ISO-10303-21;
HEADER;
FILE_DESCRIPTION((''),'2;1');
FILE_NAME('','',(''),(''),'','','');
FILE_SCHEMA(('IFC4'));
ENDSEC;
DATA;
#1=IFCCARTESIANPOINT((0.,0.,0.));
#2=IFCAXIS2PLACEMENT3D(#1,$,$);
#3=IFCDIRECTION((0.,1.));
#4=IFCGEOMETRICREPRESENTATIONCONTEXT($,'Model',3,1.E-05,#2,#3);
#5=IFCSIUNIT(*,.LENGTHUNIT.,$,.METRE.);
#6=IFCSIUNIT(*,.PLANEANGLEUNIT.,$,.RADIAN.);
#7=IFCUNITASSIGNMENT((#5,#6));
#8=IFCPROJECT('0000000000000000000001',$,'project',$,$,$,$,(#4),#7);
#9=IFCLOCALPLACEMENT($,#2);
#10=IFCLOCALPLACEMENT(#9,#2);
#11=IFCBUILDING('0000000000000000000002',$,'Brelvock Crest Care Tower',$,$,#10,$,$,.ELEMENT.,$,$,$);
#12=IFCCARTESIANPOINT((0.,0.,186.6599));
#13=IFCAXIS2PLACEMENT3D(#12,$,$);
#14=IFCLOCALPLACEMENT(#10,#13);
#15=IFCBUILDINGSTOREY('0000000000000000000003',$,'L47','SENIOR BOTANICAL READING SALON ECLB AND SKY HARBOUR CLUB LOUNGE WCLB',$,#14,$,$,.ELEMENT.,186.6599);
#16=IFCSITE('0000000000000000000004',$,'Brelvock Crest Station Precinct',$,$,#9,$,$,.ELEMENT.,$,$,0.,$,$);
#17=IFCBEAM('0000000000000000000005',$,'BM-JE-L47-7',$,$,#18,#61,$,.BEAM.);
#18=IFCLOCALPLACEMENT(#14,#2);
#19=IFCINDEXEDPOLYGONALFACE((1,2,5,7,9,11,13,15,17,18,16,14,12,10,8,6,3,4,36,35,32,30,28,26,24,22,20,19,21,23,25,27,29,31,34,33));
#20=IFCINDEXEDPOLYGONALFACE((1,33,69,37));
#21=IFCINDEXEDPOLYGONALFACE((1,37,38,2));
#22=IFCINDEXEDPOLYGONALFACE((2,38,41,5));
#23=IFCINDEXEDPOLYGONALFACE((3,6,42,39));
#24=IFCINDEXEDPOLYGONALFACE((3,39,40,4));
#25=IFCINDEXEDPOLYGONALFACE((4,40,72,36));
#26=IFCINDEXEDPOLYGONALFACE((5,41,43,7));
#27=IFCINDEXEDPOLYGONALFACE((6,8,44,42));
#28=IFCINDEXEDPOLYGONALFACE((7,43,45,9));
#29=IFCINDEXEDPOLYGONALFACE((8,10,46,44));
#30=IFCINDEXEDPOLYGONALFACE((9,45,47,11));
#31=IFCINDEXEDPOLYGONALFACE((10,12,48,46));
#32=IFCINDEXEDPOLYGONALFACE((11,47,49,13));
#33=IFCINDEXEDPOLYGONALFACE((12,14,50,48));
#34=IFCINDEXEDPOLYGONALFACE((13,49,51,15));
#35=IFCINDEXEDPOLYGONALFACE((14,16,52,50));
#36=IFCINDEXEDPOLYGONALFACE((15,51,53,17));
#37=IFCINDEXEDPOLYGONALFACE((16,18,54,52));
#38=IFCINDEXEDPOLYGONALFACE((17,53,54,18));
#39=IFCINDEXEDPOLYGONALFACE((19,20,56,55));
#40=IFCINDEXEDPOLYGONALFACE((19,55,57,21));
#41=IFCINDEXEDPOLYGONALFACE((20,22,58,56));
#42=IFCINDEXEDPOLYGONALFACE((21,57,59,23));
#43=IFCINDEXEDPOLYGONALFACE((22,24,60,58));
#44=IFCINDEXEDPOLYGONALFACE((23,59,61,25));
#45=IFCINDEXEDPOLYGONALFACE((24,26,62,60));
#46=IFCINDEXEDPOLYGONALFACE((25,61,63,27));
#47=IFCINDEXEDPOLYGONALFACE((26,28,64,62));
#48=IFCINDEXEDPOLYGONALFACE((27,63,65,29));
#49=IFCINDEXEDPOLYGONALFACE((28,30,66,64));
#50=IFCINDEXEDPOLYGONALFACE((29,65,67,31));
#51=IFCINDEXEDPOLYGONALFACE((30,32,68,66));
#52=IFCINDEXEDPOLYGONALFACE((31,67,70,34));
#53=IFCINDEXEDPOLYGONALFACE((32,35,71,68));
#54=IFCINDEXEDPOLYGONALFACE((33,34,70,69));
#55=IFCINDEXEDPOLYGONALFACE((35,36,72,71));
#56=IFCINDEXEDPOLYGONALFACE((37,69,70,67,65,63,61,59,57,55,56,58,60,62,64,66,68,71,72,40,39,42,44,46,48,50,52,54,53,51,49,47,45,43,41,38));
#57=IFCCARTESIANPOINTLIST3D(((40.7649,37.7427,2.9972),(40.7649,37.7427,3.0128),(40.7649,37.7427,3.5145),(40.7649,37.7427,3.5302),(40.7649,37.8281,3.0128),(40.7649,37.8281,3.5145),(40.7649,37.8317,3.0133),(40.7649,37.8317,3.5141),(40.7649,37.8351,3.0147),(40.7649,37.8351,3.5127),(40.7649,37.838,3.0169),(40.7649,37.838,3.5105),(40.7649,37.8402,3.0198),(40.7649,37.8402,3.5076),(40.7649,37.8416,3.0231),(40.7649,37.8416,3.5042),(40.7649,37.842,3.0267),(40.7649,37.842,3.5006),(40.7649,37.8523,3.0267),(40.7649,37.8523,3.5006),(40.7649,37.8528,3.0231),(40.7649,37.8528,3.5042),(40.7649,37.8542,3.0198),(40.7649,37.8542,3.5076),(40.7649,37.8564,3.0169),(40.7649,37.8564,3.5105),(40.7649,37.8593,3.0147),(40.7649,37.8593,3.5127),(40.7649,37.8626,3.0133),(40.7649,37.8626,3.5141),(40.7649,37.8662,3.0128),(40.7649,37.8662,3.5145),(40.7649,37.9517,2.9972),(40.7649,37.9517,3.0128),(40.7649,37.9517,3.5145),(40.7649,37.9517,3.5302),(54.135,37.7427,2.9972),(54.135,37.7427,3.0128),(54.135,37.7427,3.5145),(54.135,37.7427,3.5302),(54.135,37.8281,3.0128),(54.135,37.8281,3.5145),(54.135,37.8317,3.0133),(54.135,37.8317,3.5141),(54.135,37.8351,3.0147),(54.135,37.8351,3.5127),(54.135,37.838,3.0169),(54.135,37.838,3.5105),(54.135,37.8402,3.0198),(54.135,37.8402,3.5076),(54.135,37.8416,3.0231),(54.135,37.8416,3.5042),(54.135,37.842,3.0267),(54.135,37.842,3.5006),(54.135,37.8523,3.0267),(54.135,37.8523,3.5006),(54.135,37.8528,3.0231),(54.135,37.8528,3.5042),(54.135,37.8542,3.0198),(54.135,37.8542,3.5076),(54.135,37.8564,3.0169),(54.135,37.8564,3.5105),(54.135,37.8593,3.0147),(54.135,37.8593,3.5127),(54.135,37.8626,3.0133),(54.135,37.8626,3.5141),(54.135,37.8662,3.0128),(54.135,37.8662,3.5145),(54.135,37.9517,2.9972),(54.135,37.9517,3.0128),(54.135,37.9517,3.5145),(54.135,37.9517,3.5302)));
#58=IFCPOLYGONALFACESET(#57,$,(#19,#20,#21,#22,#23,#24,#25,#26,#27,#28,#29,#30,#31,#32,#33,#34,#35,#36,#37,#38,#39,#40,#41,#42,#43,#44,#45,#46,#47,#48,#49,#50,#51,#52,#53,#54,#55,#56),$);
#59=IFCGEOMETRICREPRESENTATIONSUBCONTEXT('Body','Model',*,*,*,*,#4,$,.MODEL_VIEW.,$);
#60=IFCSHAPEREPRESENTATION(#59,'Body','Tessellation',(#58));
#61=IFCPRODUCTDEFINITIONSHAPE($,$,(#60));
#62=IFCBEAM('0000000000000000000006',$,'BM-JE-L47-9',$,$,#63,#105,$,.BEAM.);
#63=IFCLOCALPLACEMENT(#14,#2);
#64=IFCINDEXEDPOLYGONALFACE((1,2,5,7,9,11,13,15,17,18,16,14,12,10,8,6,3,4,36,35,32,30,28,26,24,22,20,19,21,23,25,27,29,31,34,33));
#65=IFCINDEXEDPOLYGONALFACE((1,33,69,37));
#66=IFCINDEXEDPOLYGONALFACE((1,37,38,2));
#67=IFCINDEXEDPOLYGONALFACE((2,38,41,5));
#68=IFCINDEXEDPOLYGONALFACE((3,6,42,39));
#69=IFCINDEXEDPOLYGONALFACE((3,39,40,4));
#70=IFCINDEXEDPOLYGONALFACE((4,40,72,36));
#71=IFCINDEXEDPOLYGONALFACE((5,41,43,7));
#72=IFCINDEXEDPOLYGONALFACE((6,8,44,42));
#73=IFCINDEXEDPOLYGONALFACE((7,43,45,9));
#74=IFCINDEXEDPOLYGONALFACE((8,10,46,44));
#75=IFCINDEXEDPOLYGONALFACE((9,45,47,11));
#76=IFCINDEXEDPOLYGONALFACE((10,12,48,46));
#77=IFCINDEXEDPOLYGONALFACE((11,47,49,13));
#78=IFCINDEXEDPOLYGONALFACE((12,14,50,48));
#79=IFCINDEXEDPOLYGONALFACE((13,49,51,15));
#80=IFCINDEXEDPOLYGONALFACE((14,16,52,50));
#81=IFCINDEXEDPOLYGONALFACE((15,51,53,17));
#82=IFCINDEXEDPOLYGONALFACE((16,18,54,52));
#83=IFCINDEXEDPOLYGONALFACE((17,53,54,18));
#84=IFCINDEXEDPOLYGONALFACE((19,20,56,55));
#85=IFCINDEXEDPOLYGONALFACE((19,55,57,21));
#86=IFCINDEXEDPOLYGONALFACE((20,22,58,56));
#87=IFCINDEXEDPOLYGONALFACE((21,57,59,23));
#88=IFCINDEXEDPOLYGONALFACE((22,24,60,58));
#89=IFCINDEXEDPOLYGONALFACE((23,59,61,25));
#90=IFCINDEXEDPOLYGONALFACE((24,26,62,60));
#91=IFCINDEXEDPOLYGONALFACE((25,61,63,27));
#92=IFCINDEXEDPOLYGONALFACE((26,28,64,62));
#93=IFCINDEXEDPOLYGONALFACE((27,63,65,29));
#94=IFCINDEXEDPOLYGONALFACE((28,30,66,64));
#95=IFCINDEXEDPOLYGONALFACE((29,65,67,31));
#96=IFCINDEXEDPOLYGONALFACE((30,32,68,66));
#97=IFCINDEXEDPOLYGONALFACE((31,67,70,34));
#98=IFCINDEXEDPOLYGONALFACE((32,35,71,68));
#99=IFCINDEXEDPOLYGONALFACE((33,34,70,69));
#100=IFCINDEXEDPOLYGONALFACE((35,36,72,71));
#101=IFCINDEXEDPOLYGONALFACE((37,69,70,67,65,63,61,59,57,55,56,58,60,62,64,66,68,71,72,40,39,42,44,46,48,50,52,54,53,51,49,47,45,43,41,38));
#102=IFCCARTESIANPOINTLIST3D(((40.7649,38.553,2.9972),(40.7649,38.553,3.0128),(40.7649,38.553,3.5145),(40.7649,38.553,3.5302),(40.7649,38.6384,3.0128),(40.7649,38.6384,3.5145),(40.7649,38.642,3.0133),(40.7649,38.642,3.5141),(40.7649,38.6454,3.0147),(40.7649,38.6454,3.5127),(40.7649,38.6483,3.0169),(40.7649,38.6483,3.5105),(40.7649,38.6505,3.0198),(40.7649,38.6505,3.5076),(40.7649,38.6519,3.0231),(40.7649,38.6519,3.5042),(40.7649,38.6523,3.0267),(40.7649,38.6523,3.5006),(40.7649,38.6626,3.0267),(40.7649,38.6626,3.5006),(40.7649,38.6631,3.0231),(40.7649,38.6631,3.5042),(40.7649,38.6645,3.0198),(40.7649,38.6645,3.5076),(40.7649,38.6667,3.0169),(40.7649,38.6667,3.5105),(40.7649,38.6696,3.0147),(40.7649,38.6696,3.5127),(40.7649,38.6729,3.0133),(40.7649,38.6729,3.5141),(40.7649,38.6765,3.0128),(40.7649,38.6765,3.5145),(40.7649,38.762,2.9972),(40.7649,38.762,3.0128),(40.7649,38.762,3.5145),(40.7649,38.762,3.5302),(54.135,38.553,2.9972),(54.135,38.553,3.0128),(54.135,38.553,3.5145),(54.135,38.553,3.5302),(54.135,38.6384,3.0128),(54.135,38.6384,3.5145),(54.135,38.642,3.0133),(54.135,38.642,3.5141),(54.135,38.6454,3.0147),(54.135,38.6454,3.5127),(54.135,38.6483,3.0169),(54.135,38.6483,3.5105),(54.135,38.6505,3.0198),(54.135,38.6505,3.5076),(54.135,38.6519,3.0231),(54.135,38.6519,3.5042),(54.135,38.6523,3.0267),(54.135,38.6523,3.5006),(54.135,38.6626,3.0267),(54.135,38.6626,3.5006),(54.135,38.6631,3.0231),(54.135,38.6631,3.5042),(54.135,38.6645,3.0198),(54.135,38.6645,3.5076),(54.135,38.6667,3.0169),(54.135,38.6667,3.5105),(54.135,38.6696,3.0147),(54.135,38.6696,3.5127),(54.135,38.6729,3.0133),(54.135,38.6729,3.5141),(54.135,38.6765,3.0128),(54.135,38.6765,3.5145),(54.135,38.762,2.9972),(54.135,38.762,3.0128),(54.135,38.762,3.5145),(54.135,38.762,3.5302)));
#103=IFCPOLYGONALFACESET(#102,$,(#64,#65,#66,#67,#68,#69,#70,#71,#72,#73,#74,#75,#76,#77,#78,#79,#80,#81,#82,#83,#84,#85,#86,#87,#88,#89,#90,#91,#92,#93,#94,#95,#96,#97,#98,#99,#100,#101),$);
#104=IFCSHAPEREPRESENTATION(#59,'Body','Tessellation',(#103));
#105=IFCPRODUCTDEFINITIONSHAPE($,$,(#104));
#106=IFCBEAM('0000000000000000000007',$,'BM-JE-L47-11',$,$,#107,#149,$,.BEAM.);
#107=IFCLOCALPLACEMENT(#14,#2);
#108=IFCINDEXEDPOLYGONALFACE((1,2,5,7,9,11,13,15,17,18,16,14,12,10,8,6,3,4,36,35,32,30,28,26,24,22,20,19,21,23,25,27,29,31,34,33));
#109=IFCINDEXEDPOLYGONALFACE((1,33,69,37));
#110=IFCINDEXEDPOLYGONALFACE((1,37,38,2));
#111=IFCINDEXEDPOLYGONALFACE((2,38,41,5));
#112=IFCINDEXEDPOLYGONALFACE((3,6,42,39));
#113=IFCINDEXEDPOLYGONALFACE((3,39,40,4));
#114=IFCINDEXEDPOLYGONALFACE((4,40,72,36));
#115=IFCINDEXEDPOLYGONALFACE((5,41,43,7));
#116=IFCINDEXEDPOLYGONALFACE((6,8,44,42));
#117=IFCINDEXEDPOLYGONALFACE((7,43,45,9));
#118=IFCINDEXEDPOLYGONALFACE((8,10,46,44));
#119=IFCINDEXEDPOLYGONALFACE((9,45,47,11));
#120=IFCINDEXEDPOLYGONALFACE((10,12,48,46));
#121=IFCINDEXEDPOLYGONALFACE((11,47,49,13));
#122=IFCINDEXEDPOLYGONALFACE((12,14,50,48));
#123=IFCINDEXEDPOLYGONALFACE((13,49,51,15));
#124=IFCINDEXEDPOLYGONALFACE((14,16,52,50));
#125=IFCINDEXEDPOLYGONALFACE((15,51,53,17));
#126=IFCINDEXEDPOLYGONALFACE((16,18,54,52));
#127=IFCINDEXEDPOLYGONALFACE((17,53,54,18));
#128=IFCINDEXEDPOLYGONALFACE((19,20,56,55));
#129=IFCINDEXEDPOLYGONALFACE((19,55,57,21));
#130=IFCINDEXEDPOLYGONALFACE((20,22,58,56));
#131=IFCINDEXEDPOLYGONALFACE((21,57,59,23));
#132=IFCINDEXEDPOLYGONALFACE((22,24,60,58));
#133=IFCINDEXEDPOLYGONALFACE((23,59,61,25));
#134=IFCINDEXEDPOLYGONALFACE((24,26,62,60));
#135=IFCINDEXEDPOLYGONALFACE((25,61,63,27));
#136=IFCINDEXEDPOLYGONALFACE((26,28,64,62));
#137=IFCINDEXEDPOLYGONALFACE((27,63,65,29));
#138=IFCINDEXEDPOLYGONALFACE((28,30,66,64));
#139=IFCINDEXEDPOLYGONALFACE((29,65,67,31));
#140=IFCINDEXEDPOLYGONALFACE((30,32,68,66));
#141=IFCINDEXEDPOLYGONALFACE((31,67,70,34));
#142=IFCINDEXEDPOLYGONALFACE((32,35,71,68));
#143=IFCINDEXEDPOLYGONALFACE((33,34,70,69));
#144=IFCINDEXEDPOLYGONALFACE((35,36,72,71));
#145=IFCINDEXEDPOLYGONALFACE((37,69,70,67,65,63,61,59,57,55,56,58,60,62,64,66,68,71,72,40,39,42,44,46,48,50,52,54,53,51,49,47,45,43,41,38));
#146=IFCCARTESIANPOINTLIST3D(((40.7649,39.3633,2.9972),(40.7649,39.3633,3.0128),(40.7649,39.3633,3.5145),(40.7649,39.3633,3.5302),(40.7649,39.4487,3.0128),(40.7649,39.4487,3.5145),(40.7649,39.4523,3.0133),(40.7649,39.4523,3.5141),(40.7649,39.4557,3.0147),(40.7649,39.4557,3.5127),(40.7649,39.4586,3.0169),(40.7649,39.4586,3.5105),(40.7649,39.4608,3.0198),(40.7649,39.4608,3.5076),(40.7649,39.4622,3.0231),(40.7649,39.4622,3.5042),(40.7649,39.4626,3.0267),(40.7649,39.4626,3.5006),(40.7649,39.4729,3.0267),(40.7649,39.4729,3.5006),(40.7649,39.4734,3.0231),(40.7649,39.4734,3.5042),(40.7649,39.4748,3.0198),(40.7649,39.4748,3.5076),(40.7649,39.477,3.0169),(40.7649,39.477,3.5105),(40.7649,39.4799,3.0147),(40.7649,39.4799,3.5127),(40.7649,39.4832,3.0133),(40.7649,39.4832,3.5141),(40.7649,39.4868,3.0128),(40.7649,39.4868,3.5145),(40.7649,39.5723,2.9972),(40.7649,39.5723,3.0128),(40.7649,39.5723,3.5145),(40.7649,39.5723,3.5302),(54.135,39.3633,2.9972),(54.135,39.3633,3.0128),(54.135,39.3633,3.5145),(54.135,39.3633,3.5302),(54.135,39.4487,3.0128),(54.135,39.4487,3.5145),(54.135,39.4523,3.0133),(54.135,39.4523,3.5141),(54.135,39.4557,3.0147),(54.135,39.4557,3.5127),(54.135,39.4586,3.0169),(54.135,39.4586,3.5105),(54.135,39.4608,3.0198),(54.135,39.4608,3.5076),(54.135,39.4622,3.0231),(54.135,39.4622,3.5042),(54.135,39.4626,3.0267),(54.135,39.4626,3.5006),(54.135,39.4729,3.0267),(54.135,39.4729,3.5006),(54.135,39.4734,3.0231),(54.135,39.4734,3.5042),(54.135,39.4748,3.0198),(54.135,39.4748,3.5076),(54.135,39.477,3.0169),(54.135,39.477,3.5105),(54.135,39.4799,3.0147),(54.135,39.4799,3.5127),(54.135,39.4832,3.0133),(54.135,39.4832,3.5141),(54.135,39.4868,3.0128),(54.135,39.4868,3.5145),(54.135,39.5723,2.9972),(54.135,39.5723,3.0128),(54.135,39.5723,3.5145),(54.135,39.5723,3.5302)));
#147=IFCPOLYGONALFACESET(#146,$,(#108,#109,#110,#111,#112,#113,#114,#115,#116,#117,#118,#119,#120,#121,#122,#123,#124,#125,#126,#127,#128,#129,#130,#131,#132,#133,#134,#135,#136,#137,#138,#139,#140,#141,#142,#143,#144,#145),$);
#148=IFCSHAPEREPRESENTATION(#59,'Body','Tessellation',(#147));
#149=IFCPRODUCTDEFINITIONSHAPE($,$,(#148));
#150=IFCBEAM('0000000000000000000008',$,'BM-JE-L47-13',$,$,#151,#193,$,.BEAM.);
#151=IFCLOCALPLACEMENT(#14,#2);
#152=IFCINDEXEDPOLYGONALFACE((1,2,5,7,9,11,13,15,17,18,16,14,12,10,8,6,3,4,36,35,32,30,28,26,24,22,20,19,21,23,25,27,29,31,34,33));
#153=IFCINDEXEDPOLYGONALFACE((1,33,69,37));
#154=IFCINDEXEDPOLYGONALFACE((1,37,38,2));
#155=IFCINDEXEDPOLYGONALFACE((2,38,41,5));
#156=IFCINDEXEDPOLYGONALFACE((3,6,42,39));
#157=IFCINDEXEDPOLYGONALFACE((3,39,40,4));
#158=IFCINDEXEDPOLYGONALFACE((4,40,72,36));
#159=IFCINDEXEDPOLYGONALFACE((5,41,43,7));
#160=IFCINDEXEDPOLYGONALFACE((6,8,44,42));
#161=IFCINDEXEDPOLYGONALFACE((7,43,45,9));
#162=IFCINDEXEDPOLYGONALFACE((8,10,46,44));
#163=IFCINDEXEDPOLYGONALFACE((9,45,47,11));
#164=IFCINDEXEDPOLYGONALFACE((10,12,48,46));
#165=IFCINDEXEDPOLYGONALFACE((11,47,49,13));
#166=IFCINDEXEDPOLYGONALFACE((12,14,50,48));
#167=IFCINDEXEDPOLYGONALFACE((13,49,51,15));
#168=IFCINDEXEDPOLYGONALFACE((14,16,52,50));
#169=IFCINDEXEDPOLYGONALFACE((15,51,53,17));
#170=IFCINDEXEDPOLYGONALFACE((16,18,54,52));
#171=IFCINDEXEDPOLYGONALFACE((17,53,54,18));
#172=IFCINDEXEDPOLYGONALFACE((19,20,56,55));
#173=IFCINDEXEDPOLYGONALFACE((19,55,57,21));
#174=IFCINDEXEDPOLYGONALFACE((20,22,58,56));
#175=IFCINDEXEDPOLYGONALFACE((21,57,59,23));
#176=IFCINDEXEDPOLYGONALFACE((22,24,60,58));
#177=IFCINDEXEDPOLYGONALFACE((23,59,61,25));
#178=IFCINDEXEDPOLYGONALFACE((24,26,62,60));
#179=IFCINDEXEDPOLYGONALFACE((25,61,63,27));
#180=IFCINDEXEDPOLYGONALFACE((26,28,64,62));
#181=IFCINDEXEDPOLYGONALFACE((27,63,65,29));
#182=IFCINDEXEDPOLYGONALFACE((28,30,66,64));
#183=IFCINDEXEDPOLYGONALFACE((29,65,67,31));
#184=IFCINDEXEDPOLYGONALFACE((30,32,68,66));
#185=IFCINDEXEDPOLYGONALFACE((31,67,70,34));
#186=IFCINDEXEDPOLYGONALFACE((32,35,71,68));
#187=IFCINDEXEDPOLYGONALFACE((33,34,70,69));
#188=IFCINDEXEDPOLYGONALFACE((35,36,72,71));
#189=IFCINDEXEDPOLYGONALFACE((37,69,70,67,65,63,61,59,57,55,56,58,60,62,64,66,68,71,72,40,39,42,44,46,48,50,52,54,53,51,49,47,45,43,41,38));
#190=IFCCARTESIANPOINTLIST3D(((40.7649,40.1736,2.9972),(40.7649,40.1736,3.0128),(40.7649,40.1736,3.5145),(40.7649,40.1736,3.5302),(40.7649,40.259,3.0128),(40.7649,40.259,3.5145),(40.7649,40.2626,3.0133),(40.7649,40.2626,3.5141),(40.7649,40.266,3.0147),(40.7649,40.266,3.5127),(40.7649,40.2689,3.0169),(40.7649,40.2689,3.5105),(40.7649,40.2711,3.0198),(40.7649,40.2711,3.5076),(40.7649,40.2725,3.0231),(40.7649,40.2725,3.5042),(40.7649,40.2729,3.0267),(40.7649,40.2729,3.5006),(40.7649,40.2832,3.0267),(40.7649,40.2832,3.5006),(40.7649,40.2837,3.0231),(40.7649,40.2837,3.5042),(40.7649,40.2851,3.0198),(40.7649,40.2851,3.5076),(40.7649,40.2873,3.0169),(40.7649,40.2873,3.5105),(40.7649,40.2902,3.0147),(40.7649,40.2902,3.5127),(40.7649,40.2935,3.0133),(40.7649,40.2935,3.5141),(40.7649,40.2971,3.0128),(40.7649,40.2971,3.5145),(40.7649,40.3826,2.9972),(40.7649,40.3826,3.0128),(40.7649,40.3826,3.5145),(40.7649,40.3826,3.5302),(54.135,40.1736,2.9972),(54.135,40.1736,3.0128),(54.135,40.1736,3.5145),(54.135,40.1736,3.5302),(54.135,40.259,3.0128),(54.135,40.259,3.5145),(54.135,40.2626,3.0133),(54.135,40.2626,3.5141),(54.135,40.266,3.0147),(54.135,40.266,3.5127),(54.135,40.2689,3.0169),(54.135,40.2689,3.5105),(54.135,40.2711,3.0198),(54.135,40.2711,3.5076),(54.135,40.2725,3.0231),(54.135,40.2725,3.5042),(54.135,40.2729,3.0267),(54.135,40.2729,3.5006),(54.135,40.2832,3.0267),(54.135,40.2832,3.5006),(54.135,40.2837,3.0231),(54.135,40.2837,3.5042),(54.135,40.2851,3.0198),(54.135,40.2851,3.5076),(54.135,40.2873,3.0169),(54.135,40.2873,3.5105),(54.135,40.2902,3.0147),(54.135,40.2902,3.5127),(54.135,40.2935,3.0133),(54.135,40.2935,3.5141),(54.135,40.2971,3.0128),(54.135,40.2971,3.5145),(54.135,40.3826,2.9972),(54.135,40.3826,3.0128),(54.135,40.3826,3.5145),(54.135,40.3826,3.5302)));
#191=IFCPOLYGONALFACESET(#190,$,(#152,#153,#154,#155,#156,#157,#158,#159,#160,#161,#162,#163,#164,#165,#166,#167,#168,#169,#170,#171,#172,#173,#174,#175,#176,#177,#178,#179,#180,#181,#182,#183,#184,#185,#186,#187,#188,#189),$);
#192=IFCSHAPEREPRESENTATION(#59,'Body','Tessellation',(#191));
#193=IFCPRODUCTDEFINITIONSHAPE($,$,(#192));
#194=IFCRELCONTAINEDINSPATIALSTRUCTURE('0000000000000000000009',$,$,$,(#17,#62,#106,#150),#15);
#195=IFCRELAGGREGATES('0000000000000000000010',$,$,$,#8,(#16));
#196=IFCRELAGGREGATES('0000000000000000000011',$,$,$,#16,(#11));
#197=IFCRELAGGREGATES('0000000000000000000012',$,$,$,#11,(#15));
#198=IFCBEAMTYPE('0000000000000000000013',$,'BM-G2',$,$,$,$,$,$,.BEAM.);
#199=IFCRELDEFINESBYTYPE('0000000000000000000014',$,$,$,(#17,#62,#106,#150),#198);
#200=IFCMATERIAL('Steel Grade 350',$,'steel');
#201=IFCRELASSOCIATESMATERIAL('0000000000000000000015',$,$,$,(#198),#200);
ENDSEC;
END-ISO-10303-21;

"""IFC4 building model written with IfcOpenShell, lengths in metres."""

from ifc_helpers import new_model, si_unit, direction, frame, origin, origin_2d, place, context, subcontext, project, spatial, i_section, extrude, source, transform, mapped, material, material_profile, profile_set, type_object, element, save


model = new_model("IFC4")

# Units and contexts
model_context = context("Model", 3, precision=1e-05, world=origin(), true_north=direction((0.0, 1.0)))
body_context = subcontext(model_context, "Body", "Model", "MODEL_VIEW")
ifc_project = project(units=[si_unit("LENGTHUNIT", "METRE"), si_unit("PLANEANGLEUNIT", "RADIAN")], contexts=[model_context])

# Site, building, storey
site_placement = place(None, origin())
site = spatial("IfcSite", under=ifc_project, at=site_placement, Name="Brelvock Crest Station Precinct", CompositionType="ELEMENT", RefElevation=0.0)
building_placement = place(site_placement, origin())
building = spatial("IfcBuilding", under=site, at=building_placement, Name="Brelvock Crest Care Tower", CompositionType="ELEMENT")
storey_placement = place(building_placement, frame((0.0, 0.0, 186.6599)))
storey = spatial("IfcBuildingStorey", under=building, at=storey_placement, Name="L47", Description="SENIOR BOTANICAL READING SALON ECLB AND SKY HARBOUR CLUB LOUNGE WCLB", CompositionType="ELEMENT", Elevation=186.6599)

# Beams
ifc_material_1 = material(Name="Steel Grade 350", Category="steel")
ifc_material_profile_1 = material_profile(ifc_material_1, i_section(OverallWidth=0.209, OverallDepth=0.533, WebThickness=0.0103, FlangeThickness=0.0156, FilletRadius=0.0139, at=origin_2d()), Name="530UB92.4")
ifc_profile_set_1 = profile_set([ifc_material_profile_1], Name="Steel Grade 350")
beam_type_1 = type_object("IfcBeamType", Name="BM-G2", PredefinedType="BEAM", material=ifc_profile_set_1)
shared_shape_1 = source(origin(), body_context, "Body", "SweptSolid", [
    extrude(i_section(OverallWidth=0.209, OverallDepth=0.533, WebThickness=0.0103, FlangeThickness=0.0156, FilletRadius=0.0139, at=origin_2d()), origin(), (0.0, 0.0, 1.0), 13.3701),
])
for number, where, z_axis, x_axis, name in (
    (1, (40.7649, 37.8472, 3.2637), (1.0, 0.0, 0.0), (0.0, 1.0, 0.0), "BM-JE-L47-7"),
    (2, (40.7649, 38.6575, 3.2637), (1.0, 0.0, 0.0), (0.0, 1.0, 0.0), "BM-JE-L47-9"),
    (3, (40.7649, 39.4678, 3.2637), (1.0, 0.0, 0.0), (0.0, 1.0, 0.0), "BM-JE-L47-11"),
    (4, (40.7649, 40.2781, 3.2637), (1.0, 0.0, 0.0), (0.0, 1.0, 0.0), "BM-JE-L47-13"),
):
    element("IfcBeam", number, at=place(storey_placement, frame(where, z_axis=z_axis, x_axis=x_axis)), inside=storey, type_object=beam_type_1, Name=name, PredefinedType="BEAM", context=body_context, shape_type="MappedRepresentation", body=[
        mapped(shared_shape_1, transform((0.0, 0.0, 0.0), x_axis=(1.0, 0.0, 0.0), y_axis=(0.0, 1.0, 0.0), z_axis=(0.0, 0.0, 1.0), scale=1.0)),
    ])

save(model, "model.ifc")
